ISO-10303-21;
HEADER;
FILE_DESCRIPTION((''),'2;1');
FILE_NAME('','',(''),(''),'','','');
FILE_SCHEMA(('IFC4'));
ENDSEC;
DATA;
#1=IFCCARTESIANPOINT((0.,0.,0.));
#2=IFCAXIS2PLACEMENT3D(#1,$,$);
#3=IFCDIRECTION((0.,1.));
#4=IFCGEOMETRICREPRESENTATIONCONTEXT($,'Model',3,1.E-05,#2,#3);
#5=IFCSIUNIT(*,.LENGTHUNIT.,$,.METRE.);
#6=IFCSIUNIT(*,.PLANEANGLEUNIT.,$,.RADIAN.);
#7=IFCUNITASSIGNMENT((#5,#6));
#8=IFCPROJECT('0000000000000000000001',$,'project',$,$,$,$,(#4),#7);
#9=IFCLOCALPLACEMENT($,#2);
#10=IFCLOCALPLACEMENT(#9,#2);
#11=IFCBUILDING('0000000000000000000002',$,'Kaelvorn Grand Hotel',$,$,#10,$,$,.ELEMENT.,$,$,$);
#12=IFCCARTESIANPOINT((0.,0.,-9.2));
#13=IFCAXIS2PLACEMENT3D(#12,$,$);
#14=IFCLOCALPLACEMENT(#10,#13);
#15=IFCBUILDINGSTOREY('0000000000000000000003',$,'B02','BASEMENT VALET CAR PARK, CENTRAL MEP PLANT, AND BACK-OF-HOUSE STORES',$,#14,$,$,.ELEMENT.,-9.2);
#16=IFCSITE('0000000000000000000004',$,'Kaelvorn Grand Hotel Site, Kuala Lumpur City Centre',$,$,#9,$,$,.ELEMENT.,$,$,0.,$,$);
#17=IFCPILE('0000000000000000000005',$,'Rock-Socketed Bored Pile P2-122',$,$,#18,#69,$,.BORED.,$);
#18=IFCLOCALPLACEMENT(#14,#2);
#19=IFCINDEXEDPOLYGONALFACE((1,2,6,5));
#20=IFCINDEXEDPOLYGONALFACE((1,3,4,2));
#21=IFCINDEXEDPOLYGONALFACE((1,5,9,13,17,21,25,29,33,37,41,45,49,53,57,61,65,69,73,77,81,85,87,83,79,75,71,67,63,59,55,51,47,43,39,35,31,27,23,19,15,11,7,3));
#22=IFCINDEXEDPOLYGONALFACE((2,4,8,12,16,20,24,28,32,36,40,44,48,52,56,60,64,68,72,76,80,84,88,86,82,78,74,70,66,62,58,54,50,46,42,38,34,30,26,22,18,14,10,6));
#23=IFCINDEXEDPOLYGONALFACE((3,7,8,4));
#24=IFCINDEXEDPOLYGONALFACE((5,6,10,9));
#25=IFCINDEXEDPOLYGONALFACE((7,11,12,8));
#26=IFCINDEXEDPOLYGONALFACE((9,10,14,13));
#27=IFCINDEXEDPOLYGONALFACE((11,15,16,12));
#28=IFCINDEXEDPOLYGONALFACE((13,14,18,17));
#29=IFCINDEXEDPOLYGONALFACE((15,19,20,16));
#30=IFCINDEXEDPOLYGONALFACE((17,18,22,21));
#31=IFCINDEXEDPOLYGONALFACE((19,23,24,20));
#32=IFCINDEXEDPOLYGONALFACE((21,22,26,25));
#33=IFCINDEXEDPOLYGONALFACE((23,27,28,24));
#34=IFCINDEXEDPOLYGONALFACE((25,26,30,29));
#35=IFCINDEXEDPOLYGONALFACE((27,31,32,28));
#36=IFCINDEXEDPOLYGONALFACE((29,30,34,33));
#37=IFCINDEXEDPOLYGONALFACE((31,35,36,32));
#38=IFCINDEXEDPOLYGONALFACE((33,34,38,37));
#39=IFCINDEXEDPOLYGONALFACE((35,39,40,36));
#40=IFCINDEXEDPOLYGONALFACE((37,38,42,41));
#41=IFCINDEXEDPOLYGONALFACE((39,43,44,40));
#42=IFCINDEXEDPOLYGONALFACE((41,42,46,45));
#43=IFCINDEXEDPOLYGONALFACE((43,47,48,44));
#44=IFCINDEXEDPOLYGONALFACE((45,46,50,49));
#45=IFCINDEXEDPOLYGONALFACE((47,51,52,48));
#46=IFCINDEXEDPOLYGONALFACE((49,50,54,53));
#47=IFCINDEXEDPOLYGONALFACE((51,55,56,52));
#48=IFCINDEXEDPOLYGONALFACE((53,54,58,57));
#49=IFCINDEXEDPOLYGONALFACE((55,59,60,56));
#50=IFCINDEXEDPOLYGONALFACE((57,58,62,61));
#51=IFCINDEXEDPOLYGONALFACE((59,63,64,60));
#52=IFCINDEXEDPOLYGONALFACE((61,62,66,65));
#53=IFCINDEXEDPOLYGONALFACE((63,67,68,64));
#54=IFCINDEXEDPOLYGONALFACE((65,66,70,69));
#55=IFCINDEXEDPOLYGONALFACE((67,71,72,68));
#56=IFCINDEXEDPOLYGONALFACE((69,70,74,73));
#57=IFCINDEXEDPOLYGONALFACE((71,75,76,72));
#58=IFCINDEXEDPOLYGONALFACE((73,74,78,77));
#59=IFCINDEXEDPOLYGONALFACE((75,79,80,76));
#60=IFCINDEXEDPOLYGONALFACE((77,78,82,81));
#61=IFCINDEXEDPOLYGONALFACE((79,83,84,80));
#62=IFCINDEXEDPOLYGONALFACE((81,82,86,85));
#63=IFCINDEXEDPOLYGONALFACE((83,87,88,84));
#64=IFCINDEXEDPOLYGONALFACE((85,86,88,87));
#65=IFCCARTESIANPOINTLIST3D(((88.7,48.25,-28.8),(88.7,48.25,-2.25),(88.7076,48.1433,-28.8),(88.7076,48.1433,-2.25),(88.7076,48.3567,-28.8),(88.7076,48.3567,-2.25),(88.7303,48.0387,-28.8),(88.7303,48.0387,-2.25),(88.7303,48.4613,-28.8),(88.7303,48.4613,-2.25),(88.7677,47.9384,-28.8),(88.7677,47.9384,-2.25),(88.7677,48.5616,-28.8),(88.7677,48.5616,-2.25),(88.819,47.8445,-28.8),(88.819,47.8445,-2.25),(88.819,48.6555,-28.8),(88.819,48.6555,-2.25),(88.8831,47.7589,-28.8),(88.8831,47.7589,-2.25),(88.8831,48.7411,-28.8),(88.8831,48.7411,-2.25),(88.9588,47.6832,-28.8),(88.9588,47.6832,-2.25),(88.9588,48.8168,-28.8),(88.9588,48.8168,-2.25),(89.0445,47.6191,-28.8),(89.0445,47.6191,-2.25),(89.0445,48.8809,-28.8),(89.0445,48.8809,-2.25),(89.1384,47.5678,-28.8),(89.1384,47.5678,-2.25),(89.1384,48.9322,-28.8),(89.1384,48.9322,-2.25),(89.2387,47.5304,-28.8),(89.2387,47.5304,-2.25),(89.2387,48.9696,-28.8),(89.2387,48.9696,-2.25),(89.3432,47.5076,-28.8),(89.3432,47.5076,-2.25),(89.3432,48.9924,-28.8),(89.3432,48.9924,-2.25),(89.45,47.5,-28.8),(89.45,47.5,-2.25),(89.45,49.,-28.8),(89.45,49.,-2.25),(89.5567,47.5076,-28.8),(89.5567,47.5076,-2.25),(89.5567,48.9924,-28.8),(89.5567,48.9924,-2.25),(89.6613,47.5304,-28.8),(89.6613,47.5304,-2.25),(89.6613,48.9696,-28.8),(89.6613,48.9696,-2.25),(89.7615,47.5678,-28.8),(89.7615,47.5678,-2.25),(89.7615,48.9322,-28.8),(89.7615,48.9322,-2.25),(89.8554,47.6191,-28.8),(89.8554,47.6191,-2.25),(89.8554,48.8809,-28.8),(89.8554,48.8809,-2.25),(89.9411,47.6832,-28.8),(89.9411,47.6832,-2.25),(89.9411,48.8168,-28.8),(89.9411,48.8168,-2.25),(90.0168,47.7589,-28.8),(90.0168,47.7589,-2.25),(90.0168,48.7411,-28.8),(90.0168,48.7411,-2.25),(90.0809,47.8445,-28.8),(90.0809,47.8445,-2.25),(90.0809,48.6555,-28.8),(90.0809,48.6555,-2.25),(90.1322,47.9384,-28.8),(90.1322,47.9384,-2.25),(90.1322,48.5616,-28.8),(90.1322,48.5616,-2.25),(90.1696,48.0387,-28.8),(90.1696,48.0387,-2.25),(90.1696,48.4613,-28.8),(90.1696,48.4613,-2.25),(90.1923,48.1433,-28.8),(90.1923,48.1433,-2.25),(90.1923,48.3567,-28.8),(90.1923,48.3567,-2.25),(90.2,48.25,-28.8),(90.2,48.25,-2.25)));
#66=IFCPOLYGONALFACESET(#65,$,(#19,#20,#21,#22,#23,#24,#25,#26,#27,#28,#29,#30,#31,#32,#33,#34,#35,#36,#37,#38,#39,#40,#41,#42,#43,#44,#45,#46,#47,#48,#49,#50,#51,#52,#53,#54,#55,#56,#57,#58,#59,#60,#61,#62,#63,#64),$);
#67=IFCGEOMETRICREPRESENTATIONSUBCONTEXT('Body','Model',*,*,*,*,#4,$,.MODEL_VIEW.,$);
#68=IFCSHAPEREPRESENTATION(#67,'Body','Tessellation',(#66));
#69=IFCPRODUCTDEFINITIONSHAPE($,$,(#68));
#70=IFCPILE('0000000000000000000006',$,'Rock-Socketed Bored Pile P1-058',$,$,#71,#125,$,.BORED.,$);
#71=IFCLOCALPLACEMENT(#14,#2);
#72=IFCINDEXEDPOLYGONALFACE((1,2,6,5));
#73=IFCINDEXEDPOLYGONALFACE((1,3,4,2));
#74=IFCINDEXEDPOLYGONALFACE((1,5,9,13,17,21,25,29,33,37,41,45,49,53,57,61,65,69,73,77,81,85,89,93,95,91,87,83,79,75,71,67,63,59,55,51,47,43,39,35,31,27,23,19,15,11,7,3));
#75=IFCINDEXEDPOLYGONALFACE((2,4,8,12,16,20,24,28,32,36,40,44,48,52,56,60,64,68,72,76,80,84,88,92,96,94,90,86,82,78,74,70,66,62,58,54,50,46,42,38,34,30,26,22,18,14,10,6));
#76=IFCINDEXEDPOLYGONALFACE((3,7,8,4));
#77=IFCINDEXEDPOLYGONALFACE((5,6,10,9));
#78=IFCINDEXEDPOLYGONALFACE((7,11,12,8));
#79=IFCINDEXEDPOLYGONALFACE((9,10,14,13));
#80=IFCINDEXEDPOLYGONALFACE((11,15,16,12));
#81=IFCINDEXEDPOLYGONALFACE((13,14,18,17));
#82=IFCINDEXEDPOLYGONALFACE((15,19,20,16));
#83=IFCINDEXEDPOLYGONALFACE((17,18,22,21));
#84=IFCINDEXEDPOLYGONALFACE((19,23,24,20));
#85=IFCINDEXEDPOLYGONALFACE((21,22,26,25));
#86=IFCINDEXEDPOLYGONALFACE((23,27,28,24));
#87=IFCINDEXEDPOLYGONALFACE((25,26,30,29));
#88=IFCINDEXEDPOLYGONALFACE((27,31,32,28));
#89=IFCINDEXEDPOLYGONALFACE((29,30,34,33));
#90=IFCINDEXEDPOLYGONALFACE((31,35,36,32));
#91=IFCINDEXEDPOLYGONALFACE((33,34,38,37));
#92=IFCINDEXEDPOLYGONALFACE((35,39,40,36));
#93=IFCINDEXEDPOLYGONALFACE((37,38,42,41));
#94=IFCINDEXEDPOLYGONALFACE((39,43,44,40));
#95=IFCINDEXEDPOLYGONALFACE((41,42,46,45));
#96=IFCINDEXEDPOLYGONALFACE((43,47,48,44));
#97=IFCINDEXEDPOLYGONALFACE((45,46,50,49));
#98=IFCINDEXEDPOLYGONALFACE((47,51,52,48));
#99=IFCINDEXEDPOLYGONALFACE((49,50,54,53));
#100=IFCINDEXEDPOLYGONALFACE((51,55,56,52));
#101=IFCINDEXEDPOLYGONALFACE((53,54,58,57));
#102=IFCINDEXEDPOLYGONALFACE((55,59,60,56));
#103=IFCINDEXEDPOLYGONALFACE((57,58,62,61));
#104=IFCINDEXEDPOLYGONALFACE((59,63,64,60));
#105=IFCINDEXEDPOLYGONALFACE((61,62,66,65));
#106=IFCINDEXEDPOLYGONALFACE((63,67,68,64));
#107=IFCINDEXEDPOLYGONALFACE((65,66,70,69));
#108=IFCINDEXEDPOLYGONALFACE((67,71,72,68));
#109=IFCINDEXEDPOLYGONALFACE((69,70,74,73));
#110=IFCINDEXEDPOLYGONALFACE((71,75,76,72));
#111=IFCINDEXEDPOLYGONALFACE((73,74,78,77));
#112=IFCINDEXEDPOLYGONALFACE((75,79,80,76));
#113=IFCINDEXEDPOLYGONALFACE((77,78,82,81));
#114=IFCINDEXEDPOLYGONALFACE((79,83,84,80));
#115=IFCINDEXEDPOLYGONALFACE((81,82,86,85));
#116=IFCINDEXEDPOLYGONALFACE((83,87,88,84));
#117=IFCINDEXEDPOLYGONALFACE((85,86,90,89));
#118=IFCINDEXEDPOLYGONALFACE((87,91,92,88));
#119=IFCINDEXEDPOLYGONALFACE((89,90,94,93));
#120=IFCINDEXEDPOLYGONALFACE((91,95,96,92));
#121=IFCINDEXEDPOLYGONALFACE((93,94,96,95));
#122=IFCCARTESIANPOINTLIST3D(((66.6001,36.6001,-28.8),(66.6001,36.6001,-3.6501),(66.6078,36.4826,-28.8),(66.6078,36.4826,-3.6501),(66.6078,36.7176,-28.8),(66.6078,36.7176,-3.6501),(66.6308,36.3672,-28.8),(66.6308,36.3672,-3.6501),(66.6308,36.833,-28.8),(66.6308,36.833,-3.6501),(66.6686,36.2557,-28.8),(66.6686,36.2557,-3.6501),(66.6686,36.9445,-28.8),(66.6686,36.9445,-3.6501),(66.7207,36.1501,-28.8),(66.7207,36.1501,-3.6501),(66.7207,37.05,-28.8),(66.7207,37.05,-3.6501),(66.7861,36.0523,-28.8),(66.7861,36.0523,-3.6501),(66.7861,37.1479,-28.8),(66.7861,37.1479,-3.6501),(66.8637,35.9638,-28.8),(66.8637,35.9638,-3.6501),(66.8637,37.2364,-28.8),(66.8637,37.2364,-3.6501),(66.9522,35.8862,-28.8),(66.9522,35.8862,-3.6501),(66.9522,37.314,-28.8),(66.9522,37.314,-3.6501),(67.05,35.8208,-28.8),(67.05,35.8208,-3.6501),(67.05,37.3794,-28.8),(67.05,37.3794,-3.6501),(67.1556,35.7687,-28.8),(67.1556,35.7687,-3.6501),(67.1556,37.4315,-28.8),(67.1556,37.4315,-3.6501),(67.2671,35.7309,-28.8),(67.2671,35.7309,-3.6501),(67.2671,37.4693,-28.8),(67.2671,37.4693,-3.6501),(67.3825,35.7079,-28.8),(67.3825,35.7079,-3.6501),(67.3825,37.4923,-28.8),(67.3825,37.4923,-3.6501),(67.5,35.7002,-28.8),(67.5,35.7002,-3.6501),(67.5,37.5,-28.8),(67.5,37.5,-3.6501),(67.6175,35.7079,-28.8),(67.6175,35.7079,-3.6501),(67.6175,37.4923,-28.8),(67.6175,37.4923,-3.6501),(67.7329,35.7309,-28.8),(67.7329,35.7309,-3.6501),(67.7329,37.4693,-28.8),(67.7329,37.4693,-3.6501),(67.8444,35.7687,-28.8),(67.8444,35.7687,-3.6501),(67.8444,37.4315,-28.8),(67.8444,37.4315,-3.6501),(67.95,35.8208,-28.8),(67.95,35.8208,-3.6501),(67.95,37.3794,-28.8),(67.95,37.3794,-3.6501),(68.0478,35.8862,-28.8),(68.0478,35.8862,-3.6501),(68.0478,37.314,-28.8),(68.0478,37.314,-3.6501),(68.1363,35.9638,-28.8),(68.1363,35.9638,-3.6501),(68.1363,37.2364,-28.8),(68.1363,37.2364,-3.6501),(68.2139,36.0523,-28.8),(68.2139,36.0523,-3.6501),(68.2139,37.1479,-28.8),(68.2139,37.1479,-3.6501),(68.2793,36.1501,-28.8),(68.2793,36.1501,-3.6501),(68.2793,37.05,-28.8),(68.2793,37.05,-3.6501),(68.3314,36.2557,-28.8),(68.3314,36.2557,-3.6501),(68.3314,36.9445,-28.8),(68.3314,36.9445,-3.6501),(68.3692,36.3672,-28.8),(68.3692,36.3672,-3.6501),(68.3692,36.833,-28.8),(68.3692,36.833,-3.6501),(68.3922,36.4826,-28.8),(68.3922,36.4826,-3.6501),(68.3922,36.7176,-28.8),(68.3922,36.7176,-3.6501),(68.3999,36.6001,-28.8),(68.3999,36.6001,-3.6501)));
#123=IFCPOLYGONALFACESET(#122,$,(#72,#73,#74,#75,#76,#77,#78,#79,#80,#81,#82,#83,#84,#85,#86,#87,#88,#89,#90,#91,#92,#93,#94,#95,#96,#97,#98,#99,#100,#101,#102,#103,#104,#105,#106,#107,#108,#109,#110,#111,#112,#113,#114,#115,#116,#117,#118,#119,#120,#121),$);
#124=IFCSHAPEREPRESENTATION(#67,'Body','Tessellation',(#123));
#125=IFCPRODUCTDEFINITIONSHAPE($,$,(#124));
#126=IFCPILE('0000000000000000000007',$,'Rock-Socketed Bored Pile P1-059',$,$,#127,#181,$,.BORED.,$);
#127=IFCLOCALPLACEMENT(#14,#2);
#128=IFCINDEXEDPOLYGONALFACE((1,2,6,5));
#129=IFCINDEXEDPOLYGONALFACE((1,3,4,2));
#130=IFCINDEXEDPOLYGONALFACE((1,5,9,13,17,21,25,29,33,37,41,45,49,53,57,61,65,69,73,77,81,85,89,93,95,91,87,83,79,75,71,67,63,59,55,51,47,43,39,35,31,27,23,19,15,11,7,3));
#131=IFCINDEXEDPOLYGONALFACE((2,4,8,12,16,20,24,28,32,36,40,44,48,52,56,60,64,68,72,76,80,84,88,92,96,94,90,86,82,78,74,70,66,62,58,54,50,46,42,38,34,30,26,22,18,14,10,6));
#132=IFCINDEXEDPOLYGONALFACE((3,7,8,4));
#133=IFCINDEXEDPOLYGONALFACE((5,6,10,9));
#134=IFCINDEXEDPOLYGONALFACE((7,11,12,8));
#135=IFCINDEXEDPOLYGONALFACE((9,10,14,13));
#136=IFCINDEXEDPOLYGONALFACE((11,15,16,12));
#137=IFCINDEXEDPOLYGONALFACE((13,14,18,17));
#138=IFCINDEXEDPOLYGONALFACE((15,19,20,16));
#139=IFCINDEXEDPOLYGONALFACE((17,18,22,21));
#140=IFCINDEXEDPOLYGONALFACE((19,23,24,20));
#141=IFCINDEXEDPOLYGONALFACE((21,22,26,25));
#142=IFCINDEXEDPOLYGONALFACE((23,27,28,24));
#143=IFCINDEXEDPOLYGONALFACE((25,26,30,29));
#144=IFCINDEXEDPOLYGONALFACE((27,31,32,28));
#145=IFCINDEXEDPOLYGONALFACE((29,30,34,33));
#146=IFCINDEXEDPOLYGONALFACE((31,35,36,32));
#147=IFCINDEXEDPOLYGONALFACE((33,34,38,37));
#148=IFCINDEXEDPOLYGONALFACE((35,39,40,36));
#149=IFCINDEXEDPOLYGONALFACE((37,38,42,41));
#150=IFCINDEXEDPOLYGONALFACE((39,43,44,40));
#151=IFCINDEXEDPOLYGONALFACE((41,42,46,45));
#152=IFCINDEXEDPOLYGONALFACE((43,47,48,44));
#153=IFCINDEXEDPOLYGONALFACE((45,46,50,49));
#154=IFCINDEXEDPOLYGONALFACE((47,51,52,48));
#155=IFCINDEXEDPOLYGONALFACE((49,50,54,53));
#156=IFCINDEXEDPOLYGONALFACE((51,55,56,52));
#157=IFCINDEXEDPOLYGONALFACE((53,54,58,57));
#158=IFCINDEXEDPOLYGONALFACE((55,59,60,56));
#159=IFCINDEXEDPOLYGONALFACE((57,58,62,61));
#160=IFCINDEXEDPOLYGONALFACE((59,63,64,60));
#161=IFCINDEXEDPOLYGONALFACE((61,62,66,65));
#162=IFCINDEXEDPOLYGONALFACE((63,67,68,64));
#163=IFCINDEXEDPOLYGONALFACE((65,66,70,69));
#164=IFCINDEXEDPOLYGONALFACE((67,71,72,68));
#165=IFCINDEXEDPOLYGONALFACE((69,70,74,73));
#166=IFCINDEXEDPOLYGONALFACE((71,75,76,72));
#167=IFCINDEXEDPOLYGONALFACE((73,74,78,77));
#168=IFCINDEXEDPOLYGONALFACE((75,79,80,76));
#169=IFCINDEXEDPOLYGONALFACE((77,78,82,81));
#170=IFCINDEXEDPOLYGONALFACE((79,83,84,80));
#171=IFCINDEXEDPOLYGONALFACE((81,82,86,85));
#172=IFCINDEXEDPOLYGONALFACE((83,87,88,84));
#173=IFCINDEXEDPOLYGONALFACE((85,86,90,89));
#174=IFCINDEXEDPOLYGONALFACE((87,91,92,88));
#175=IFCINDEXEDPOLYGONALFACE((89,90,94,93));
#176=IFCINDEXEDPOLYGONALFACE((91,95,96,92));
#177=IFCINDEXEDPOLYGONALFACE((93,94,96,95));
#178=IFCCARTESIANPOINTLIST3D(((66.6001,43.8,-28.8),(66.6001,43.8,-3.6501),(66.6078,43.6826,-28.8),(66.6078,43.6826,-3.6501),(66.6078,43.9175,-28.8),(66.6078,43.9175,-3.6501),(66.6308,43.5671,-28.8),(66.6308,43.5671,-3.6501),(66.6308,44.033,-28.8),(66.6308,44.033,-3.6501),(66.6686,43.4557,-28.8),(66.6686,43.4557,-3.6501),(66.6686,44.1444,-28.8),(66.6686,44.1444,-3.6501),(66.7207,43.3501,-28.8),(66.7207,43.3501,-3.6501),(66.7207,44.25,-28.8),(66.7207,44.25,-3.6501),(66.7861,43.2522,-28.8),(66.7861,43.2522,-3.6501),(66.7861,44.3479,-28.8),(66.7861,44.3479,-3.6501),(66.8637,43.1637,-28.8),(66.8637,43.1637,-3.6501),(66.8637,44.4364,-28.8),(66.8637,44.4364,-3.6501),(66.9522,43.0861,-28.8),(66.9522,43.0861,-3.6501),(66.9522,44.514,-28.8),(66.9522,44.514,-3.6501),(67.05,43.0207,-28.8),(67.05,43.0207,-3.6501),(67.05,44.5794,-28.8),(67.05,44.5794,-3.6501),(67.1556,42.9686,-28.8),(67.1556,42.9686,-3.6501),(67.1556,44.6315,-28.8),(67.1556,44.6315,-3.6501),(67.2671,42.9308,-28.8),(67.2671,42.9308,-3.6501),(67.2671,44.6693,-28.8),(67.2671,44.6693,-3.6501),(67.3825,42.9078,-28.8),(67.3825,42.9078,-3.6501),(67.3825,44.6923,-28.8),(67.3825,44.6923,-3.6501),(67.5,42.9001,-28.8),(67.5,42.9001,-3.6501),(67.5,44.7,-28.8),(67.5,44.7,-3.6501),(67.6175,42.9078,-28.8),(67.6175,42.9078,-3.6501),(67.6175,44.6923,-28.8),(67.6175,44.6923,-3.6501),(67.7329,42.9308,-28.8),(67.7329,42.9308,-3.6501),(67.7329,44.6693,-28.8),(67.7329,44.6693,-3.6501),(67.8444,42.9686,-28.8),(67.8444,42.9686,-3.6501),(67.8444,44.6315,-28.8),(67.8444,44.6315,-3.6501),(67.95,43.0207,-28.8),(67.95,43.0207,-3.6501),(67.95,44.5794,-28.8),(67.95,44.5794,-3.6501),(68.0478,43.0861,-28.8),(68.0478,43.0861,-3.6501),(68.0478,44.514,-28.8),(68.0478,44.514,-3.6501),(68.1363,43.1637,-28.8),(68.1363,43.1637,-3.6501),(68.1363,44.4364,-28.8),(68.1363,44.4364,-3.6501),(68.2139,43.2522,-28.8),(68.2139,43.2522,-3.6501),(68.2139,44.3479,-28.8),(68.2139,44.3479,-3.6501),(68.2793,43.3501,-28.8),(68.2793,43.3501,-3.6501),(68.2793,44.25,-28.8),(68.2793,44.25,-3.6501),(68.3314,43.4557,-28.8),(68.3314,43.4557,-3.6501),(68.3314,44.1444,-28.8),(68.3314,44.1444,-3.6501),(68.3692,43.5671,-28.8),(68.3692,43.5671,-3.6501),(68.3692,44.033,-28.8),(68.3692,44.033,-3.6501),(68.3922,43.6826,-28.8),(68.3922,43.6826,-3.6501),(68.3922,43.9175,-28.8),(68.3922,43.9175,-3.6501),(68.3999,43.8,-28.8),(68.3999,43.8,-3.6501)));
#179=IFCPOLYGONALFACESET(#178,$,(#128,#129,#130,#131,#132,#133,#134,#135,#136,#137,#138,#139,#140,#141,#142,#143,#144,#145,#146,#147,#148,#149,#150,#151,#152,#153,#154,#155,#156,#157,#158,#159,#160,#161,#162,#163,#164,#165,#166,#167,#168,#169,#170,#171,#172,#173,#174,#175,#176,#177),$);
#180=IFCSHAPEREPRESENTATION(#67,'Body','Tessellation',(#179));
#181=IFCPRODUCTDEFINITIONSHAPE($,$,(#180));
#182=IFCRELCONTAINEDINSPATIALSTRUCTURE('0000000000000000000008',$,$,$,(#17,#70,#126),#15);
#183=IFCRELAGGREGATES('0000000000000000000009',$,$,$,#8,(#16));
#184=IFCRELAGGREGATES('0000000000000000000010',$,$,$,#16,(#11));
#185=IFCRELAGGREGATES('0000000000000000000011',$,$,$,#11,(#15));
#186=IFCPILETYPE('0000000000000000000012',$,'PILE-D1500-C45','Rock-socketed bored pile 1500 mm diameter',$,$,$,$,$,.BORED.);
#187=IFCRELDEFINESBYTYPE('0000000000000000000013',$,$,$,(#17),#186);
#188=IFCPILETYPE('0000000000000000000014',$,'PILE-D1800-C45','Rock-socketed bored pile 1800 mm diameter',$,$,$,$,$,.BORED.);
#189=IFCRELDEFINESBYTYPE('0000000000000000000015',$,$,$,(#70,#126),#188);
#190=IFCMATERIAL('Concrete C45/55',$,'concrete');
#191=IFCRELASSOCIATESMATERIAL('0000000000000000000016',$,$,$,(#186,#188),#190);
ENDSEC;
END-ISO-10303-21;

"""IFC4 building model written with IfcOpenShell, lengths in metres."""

from ifc_helpers import new_model, si_unit, direction, frame, origin, origin_2d, place, context, subcontext, project, spatial, circle, extrude, material, material_profile, profile_set, type_object, element, save


model = new_model("IFC4")

# Units and contexts
model_context = context("Model", 3, precision=1e-05, world=origin(), true_north=direction((0.0, 1.0)))
body_context = subcontext(model_context, "Body", "Model", "MODEL_VIEW")
ifc_project = project(units=[si_unit("LENGTHUNIT", "METRE"), si_unit("PLANEANGLEUNIT", "RADIAN")], contexts=[model_context])

# Site, building, storey
site_placement = place(None, origin())
site = spatial("IfcSite", under=ifc_project, at=site_placement, Name="Kaelvorn Grand Hotel Site, Kuala Lumpur City Centre", CompositionType="ELEMENT", RefElevation=0.0)
building_placement = place(site_placement, origin())
building = spatial("IfcBuilding", under=site, at=building_placement, Name="Kaelvorn Grand Hotel", CompositionType="ELEMENT")
storey_placement = place(building_placement, frame((0.0, 0.0, -9.2)))
storey = spatial("IfcBuildingStorey", under=building, at=storey_placement, Name="B02", Description="BASEMENT VALET CAR PARK, CENTRAL MEP PLANT, AND BACK-OF-HOUSE STORES", CompositionType="ELEMENT", Elevation=-9.2)

# Piles
ifc_material_1 = material(Name="Concrete C45/55", Category="concrete")
ifc_material_profile_1 = material_profile(ifc_material_1, circle(Radius=0.75, at=origin_2d()), Name="BORED PILE D1500")
ifc_profile_set_1 = profile_set([ifc_material_profile_1], Name="Concrete C45/55")
pile_type_1 = type_object("IfcPileType", Name="PILE-D1500-C45", Description="Rock-socketed bored pile 1500 mm diameter", PredefinedType="BORED", material=ifc_profile_set_1)
for number, where, z_axis, x_axis, name in (
    (1, (89.45, 48.25, -2.25), (0.0, 0.0, -1.0), (1.0, 0.0, 0.0), "Rock-Socketed Bored Pile P2-122"),
):
    element("IfcPile", number, at=place(storey_placement, frame(where, z_axis=z_axis, x_axis=x_axis)), inside=storey, type_object=pile_type_1, Name=name, PredefinedType="BORED", context=body_context, shape_type="SweptSolid", body=[
        extrude(circle(Radius=0.75, at=origin_2d()), origin(), (0.0, 0.0, 1.0), 26.55),
    ])
ifc_material_profile_2 = material_profile(ifc_material_1, circle(Radius=0.8999, at=origin_2d()), Name="BORED PILE D1800")
ifc_profile_set_2 = profile_set([ifc_material_profile_2], Name="Concrete C45/55")
pile_type_2 = type_object("IfcPileType", Name="PILE-D1800-C45", Description="Rock-socketed bored pile 1800 mm diameter", PredefinedType="BORED", material=ifc_profile_set_2)
for number, where, z_axis, x_axis, name in (
    (2, (67.5, 36.6001, -3.6501), (0.0, 0.0, -1.0), (1.0, 0.0, 0.0), "Rock-Socketed Bored Pile P1-058"),
    (3, (67.5, 43.8, -3.6501), (0.0, 0.0, -1.0), (1.0, 0.0, 0.0), "Rock-Socketed Bored Pile P1-059"),
):
    element("IfcPile", number, at=place(storey_placement, frame(where, z_axis=z_axis, x_axis=x_axis)), inside=storey, type_object=pile_type_2, Name=name, PredefinedType="BORED", context=body_context, shape_type="SweptSolid", body=[
        extrude(circle(Radius=0.8999, at=origin_2d()), origin(), (0.0, 0.0, 1.0), 25.1499),
    ])

save(model, "model.ifc")
